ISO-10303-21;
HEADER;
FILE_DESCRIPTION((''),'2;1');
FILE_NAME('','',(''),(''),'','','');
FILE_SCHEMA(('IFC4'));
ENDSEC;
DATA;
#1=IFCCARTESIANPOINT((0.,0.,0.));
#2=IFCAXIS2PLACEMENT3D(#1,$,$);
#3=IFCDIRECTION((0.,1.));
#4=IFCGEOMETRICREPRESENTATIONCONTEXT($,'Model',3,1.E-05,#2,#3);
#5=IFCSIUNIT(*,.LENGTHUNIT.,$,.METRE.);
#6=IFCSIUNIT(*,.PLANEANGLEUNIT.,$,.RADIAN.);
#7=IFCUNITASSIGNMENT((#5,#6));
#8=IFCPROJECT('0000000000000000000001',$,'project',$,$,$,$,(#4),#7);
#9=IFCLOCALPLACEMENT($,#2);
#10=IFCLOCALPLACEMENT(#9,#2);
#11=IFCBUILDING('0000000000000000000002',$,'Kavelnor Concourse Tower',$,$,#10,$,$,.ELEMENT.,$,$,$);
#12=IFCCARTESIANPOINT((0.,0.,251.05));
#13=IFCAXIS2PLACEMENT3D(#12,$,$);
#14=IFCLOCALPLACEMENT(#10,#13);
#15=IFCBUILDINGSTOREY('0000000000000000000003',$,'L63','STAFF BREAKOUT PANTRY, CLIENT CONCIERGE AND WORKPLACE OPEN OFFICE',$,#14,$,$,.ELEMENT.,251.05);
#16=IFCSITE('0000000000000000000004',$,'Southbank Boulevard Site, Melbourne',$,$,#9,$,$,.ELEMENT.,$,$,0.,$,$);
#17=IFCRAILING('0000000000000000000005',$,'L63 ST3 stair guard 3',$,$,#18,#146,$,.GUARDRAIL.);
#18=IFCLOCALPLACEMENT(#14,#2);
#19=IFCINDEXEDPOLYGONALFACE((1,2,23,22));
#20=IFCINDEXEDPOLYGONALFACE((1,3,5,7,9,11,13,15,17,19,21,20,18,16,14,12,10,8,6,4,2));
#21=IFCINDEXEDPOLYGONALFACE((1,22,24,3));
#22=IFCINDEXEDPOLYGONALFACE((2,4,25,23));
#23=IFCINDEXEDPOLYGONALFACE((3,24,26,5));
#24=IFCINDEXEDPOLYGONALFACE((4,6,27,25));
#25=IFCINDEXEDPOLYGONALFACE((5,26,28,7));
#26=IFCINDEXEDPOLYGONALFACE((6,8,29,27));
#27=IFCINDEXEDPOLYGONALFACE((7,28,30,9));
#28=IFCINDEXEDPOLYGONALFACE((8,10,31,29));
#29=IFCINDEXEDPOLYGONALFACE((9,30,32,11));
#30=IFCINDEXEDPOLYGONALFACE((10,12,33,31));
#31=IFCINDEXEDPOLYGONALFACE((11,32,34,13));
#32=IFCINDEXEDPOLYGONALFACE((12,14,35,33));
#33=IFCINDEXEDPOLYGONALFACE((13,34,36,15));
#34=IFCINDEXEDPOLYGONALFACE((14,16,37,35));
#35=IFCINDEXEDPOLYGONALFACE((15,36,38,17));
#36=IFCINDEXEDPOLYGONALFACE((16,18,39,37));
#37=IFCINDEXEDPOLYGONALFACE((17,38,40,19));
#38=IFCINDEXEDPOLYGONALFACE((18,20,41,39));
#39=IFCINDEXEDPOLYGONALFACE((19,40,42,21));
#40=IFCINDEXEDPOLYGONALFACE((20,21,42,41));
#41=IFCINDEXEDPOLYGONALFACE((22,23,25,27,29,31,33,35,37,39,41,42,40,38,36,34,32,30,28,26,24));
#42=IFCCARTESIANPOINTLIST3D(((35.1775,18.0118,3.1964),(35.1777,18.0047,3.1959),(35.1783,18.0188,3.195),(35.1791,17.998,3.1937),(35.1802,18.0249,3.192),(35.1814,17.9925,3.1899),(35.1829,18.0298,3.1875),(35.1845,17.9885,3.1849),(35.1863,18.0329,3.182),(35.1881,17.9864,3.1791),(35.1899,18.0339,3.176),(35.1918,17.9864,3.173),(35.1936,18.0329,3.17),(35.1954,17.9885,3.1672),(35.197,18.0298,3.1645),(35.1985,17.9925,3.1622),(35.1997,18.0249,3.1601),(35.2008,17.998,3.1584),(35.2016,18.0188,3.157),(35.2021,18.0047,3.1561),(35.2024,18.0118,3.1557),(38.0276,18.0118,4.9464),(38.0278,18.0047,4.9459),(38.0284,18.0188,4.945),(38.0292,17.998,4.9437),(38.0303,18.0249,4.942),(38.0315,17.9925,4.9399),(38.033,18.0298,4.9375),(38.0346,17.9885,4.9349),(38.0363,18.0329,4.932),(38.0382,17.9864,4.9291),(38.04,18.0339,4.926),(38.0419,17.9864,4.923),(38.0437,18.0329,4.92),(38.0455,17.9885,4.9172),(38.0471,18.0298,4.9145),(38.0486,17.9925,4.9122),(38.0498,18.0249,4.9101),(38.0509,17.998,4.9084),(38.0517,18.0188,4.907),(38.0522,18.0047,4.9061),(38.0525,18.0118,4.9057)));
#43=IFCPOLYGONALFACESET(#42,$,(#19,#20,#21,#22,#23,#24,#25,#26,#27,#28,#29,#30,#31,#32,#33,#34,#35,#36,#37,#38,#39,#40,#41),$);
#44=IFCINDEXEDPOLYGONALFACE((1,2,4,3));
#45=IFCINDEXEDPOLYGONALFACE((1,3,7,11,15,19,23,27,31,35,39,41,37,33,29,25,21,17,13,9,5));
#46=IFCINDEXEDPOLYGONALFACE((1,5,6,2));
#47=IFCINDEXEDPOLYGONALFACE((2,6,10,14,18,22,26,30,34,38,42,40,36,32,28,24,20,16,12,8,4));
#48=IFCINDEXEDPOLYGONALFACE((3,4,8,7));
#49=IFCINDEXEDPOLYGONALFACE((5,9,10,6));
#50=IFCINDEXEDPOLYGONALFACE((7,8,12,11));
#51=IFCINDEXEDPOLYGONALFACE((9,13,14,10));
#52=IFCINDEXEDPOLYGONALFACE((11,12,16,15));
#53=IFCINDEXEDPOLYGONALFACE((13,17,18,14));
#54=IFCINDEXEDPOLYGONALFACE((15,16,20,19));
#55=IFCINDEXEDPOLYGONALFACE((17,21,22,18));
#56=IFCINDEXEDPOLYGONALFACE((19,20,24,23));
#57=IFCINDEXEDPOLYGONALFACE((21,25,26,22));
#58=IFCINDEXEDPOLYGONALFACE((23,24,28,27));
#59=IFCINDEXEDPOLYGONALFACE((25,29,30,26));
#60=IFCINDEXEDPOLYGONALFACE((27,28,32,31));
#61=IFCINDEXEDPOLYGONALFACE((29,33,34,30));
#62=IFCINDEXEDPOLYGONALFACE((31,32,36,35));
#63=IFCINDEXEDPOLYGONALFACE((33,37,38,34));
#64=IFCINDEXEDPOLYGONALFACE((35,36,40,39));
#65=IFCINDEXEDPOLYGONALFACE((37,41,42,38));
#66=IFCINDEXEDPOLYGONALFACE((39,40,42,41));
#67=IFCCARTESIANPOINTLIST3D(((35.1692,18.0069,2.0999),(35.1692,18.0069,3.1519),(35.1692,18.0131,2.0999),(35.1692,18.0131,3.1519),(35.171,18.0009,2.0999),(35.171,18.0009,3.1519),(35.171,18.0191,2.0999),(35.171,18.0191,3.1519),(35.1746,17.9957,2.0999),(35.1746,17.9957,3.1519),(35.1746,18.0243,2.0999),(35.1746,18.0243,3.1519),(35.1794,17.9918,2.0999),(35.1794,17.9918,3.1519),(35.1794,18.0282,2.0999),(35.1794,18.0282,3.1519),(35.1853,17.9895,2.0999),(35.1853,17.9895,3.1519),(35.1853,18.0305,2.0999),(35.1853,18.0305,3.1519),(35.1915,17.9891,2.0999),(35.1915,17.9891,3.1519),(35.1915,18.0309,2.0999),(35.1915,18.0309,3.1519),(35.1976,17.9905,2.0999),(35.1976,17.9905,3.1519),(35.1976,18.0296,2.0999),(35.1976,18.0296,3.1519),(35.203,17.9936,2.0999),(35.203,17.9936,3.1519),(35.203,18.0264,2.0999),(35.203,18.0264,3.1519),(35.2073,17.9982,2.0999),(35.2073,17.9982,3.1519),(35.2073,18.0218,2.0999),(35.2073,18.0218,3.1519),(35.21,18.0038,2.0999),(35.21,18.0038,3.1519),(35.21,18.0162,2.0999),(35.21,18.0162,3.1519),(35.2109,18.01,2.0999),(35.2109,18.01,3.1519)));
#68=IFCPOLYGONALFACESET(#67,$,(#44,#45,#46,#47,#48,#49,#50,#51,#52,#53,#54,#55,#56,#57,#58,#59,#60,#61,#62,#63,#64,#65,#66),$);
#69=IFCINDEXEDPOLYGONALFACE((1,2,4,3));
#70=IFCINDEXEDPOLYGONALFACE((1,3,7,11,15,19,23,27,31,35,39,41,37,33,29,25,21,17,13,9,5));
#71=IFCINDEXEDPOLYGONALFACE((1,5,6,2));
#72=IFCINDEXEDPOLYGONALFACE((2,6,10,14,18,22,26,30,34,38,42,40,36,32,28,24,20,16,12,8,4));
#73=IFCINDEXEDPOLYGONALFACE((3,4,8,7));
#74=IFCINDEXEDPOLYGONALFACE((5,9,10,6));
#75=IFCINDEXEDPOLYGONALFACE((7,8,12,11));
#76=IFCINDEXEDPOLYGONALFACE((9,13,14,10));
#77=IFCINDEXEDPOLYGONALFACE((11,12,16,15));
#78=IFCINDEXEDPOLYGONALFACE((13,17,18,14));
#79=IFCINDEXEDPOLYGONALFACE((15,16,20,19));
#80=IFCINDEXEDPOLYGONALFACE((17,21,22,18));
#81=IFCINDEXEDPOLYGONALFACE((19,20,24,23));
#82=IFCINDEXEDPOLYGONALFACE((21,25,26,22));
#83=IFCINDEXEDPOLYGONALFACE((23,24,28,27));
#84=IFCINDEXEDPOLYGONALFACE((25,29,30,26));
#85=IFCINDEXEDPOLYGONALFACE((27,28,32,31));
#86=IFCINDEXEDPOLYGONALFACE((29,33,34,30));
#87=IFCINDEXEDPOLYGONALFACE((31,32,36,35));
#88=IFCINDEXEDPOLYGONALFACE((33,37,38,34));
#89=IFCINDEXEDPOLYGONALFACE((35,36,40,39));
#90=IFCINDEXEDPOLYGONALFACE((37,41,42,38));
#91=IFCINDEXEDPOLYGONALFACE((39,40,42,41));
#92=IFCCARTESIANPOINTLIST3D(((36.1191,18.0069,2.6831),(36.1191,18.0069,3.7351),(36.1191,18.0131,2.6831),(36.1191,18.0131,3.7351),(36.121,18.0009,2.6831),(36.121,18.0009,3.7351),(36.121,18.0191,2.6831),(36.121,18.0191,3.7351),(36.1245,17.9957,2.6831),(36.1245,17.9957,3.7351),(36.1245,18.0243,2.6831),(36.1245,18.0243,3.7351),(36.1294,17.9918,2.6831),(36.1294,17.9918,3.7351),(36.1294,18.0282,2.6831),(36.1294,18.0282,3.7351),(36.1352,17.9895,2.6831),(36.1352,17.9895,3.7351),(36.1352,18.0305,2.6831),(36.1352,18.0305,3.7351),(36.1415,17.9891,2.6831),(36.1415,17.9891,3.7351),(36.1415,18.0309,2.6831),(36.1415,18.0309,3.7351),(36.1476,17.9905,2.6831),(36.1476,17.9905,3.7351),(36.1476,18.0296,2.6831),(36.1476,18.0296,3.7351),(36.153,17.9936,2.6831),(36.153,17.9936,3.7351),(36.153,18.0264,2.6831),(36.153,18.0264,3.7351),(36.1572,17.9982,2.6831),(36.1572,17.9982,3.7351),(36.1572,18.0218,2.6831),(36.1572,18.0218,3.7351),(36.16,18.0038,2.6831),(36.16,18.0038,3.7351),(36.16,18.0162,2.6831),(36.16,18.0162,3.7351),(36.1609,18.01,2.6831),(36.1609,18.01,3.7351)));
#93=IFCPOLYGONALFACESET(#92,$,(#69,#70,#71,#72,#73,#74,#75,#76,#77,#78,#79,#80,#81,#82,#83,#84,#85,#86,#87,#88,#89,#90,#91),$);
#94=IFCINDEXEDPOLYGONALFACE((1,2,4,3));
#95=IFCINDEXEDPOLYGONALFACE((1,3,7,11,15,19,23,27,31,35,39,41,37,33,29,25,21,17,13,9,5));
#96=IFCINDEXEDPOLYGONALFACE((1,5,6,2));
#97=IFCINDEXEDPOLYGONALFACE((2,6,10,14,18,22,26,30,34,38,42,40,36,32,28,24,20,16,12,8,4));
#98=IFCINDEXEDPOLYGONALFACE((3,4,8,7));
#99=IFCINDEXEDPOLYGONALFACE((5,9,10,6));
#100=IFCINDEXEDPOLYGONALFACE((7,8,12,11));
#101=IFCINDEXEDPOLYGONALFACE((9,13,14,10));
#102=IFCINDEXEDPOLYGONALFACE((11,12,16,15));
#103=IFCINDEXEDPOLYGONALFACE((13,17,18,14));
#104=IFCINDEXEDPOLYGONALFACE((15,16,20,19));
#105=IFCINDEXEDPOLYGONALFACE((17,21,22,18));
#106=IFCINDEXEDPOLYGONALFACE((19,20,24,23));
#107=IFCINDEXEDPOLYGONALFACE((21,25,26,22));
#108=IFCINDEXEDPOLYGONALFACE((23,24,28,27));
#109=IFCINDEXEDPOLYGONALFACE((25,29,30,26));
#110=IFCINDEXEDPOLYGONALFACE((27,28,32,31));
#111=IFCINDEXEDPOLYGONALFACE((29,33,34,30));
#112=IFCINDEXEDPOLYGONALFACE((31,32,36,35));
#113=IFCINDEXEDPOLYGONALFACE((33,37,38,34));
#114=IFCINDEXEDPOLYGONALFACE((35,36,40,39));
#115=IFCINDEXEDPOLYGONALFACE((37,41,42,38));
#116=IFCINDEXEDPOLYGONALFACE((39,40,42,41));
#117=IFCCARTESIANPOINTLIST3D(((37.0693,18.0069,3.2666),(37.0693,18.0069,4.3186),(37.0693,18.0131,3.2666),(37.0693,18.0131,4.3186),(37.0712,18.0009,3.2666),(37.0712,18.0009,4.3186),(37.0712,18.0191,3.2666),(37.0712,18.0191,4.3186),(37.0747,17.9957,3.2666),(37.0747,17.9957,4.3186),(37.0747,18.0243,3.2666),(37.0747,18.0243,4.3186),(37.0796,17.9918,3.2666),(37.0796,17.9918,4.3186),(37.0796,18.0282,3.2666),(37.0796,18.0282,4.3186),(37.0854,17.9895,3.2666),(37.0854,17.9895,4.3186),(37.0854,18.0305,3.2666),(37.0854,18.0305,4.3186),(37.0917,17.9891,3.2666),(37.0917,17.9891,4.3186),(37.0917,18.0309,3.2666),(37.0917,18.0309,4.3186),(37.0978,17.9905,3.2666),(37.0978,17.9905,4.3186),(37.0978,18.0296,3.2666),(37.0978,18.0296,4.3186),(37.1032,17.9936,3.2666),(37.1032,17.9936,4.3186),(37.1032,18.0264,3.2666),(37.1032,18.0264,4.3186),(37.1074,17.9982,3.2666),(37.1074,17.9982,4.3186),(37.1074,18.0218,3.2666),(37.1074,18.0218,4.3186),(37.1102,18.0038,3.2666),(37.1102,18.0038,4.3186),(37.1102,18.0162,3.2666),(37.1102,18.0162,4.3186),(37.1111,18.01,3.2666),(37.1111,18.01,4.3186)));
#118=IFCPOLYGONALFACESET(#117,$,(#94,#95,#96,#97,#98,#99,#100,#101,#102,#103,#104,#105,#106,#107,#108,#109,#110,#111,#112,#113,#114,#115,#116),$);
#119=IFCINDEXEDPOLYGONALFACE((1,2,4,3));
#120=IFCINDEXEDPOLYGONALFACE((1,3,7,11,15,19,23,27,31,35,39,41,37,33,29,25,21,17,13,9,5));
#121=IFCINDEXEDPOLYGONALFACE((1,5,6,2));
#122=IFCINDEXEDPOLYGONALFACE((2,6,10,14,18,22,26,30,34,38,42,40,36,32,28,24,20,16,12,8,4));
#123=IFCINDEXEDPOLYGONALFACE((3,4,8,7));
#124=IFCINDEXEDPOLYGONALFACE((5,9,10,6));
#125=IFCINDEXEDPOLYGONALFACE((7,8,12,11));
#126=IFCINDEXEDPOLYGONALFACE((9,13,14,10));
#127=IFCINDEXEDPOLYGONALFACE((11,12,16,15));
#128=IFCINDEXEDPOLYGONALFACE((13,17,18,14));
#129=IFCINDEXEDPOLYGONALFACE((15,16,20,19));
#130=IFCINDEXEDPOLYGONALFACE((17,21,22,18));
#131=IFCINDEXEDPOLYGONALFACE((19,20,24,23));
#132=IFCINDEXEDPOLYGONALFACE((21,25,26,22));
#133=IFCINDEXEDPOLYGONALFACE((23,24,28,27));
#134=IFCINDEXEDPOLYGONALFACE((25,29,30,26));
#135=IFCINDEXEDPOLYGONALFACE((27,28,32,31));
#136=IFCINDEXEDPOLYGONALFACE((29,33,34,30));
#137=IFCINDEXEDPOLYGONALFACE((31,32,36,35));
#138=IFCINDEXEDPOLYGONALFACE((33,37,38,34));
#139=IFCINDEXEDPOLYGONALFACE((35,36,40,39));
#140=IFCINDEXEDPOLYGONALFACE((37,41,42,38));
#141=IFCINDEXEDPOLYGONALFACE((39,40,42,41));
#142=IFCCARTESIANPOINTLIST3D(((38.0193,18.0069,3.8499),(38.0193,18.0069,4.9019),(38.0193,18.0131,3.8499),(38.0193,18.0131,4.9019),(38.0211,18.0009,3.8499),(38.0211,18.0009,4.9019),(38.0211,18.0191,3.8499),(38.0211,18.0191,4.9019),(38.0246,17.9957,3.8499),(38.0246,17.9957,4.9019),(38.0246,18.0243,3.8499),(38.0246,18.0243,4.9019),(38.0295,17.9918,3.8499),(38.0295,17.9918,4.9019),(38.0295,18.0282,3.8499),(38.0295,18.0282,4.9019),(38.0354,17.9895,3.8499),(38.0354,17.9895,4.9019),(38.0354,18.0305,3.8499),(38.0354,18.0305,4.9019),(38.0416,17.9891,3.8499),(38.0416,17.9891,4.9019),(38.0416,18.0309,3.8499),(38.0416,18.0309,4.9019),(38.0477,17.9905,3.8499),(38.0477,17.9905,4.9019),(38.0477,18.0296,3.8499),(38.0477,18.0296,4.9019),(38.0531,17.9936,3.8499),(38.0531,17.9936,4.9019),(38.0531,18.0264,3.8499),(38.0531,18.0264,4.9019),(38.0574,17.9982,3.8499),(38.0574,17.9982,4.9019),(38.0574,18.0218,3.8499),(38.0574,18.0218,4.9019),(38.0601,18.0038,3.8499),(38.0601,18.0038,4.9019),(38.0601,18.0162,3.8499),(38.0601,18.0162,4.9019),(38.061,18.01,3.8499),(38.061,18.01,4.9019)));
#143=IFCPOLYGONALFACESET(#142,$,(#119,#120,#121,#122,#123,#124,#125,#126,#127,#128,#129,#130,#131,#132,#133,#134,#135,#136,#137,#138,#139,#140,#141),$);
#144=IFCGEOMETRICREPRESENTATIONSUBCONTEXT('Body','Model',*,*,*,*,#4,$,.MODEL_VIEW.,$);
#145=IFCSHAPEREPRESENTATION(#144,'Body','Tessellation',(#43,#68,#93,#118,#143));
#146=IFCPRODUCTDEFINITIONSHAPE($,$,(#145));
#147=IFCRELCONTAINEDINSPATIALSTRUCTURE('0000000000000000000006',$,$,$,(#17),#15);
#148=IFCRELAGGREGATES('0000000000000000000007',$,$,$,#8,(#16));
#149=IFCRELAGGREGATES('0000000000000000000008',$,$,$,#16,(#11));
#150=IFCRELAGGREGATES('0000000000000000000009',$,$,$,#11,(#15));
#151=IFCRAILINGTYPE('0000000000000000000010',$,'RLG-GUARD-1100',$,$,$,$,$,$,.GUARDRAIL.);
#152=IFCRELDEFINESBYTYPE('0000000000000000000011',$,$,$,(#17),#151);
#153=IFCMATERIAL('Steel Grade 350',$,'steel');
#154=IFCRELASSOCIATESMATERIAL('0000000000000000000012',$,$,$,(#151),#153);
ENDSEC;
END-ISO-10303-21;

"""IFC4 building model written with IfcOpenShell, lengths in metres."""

from ifc_helpers import new_model, si_unit, direction, frame, origin, origin_2d, place, context, subcontext, project, spatial, circle, extrude, material, type_object, element, save


model = new_model("IFC4")

# Units and contexts
model_context = context("Model", 3, precision=1e-05, world=origin(), true_north=direction((0.0, 1.0)))
body_context = subcontext(model_context, "Body", "Model", "MODEL_VIEW")
ifc_project = project(units=[si_unit("LENGTHUNIT", "METRE"), si_unit("PLANEANGLEUNIT", "RADIAN")], contexts=[model_context])

# Site, building, storey
site_placement = place(None, origin())
site = spatial("IfcSite", under=ifc_project, at=site_placement, Name="Southbank Boulevard Site, Melbourne", CompositionType="ELEMENT", RefElevation=0.0)
building_placement = place(site_placement, origin())
building = spatial("IfcBuilding", under=site, at=building_placement, Name="Kavelnor Concourse Tower", CompositionType="ELEMENT")
storey_placement = place(building_placement, frame((0.0, 0.0, 251.05)))
storey = spatial("IfcBuildingStorey", under=building, at=storey_placement, Name="L63", Description="STAFF BREAKOUT PANTRY, CLIENT CONCIERGE AND WORKPLACE OPEN OFFICE", CompositionType="ELEMENT", Elevation=251.05)

# Shared definitions
ifc_material_1 = material(Name="Steel Grade 350", Category="steel")

# Railing
railing_type_1 = type_object("IfcRailingType", Name="RLG-GUARD-1100", PredefinedType="GUARDRAIL", material=ifc_material_1)
railing_1_placement = place(storey_placement, frame((35.1899, 18.01, 2.0999)))
element("IfcRailing", 1, at=railing_1_placement, inside=storey, type_object=railing_type_1, Name="L63 ST3 stair guard 3", PredefinedType="GUARDRAIL", context=body_context, shape_type="SweptSolid", body=[
    extrude(circle(Radius=0.0239, at=origin_2d()), frame((0.0, 0.0, 1.0762), z_axis=(0.852179, 0.0, 0.52325), x_axis=(0.0, 1.0, 0.0)), (0.0, 0.0, 1.0), 3.3445),
    extrude(circle(Radius=0.021, at=origin_2d()), origin(), (0.0, 0.0, 1.0), 1.052),
    extrude(circle(Radius=0.021, at=origin_2d()), frame((0.95, 0.0, 0.5833)), (0.0, 0.0, 1.0), 1.052),
    extrude(circle(Radius=0.021, at=origin_2d()), frame((1.9001, 0.0, 1.1667)), (0.0, 0.0, 1.0), 1.052),
    extrude(circle(Radius=0.021, at=origin_2d()), frame((2.8501, 0.0, 1.75)), (0.0, 0.0, 1.0), 1.052),
])

save(model, "model.ifc")
